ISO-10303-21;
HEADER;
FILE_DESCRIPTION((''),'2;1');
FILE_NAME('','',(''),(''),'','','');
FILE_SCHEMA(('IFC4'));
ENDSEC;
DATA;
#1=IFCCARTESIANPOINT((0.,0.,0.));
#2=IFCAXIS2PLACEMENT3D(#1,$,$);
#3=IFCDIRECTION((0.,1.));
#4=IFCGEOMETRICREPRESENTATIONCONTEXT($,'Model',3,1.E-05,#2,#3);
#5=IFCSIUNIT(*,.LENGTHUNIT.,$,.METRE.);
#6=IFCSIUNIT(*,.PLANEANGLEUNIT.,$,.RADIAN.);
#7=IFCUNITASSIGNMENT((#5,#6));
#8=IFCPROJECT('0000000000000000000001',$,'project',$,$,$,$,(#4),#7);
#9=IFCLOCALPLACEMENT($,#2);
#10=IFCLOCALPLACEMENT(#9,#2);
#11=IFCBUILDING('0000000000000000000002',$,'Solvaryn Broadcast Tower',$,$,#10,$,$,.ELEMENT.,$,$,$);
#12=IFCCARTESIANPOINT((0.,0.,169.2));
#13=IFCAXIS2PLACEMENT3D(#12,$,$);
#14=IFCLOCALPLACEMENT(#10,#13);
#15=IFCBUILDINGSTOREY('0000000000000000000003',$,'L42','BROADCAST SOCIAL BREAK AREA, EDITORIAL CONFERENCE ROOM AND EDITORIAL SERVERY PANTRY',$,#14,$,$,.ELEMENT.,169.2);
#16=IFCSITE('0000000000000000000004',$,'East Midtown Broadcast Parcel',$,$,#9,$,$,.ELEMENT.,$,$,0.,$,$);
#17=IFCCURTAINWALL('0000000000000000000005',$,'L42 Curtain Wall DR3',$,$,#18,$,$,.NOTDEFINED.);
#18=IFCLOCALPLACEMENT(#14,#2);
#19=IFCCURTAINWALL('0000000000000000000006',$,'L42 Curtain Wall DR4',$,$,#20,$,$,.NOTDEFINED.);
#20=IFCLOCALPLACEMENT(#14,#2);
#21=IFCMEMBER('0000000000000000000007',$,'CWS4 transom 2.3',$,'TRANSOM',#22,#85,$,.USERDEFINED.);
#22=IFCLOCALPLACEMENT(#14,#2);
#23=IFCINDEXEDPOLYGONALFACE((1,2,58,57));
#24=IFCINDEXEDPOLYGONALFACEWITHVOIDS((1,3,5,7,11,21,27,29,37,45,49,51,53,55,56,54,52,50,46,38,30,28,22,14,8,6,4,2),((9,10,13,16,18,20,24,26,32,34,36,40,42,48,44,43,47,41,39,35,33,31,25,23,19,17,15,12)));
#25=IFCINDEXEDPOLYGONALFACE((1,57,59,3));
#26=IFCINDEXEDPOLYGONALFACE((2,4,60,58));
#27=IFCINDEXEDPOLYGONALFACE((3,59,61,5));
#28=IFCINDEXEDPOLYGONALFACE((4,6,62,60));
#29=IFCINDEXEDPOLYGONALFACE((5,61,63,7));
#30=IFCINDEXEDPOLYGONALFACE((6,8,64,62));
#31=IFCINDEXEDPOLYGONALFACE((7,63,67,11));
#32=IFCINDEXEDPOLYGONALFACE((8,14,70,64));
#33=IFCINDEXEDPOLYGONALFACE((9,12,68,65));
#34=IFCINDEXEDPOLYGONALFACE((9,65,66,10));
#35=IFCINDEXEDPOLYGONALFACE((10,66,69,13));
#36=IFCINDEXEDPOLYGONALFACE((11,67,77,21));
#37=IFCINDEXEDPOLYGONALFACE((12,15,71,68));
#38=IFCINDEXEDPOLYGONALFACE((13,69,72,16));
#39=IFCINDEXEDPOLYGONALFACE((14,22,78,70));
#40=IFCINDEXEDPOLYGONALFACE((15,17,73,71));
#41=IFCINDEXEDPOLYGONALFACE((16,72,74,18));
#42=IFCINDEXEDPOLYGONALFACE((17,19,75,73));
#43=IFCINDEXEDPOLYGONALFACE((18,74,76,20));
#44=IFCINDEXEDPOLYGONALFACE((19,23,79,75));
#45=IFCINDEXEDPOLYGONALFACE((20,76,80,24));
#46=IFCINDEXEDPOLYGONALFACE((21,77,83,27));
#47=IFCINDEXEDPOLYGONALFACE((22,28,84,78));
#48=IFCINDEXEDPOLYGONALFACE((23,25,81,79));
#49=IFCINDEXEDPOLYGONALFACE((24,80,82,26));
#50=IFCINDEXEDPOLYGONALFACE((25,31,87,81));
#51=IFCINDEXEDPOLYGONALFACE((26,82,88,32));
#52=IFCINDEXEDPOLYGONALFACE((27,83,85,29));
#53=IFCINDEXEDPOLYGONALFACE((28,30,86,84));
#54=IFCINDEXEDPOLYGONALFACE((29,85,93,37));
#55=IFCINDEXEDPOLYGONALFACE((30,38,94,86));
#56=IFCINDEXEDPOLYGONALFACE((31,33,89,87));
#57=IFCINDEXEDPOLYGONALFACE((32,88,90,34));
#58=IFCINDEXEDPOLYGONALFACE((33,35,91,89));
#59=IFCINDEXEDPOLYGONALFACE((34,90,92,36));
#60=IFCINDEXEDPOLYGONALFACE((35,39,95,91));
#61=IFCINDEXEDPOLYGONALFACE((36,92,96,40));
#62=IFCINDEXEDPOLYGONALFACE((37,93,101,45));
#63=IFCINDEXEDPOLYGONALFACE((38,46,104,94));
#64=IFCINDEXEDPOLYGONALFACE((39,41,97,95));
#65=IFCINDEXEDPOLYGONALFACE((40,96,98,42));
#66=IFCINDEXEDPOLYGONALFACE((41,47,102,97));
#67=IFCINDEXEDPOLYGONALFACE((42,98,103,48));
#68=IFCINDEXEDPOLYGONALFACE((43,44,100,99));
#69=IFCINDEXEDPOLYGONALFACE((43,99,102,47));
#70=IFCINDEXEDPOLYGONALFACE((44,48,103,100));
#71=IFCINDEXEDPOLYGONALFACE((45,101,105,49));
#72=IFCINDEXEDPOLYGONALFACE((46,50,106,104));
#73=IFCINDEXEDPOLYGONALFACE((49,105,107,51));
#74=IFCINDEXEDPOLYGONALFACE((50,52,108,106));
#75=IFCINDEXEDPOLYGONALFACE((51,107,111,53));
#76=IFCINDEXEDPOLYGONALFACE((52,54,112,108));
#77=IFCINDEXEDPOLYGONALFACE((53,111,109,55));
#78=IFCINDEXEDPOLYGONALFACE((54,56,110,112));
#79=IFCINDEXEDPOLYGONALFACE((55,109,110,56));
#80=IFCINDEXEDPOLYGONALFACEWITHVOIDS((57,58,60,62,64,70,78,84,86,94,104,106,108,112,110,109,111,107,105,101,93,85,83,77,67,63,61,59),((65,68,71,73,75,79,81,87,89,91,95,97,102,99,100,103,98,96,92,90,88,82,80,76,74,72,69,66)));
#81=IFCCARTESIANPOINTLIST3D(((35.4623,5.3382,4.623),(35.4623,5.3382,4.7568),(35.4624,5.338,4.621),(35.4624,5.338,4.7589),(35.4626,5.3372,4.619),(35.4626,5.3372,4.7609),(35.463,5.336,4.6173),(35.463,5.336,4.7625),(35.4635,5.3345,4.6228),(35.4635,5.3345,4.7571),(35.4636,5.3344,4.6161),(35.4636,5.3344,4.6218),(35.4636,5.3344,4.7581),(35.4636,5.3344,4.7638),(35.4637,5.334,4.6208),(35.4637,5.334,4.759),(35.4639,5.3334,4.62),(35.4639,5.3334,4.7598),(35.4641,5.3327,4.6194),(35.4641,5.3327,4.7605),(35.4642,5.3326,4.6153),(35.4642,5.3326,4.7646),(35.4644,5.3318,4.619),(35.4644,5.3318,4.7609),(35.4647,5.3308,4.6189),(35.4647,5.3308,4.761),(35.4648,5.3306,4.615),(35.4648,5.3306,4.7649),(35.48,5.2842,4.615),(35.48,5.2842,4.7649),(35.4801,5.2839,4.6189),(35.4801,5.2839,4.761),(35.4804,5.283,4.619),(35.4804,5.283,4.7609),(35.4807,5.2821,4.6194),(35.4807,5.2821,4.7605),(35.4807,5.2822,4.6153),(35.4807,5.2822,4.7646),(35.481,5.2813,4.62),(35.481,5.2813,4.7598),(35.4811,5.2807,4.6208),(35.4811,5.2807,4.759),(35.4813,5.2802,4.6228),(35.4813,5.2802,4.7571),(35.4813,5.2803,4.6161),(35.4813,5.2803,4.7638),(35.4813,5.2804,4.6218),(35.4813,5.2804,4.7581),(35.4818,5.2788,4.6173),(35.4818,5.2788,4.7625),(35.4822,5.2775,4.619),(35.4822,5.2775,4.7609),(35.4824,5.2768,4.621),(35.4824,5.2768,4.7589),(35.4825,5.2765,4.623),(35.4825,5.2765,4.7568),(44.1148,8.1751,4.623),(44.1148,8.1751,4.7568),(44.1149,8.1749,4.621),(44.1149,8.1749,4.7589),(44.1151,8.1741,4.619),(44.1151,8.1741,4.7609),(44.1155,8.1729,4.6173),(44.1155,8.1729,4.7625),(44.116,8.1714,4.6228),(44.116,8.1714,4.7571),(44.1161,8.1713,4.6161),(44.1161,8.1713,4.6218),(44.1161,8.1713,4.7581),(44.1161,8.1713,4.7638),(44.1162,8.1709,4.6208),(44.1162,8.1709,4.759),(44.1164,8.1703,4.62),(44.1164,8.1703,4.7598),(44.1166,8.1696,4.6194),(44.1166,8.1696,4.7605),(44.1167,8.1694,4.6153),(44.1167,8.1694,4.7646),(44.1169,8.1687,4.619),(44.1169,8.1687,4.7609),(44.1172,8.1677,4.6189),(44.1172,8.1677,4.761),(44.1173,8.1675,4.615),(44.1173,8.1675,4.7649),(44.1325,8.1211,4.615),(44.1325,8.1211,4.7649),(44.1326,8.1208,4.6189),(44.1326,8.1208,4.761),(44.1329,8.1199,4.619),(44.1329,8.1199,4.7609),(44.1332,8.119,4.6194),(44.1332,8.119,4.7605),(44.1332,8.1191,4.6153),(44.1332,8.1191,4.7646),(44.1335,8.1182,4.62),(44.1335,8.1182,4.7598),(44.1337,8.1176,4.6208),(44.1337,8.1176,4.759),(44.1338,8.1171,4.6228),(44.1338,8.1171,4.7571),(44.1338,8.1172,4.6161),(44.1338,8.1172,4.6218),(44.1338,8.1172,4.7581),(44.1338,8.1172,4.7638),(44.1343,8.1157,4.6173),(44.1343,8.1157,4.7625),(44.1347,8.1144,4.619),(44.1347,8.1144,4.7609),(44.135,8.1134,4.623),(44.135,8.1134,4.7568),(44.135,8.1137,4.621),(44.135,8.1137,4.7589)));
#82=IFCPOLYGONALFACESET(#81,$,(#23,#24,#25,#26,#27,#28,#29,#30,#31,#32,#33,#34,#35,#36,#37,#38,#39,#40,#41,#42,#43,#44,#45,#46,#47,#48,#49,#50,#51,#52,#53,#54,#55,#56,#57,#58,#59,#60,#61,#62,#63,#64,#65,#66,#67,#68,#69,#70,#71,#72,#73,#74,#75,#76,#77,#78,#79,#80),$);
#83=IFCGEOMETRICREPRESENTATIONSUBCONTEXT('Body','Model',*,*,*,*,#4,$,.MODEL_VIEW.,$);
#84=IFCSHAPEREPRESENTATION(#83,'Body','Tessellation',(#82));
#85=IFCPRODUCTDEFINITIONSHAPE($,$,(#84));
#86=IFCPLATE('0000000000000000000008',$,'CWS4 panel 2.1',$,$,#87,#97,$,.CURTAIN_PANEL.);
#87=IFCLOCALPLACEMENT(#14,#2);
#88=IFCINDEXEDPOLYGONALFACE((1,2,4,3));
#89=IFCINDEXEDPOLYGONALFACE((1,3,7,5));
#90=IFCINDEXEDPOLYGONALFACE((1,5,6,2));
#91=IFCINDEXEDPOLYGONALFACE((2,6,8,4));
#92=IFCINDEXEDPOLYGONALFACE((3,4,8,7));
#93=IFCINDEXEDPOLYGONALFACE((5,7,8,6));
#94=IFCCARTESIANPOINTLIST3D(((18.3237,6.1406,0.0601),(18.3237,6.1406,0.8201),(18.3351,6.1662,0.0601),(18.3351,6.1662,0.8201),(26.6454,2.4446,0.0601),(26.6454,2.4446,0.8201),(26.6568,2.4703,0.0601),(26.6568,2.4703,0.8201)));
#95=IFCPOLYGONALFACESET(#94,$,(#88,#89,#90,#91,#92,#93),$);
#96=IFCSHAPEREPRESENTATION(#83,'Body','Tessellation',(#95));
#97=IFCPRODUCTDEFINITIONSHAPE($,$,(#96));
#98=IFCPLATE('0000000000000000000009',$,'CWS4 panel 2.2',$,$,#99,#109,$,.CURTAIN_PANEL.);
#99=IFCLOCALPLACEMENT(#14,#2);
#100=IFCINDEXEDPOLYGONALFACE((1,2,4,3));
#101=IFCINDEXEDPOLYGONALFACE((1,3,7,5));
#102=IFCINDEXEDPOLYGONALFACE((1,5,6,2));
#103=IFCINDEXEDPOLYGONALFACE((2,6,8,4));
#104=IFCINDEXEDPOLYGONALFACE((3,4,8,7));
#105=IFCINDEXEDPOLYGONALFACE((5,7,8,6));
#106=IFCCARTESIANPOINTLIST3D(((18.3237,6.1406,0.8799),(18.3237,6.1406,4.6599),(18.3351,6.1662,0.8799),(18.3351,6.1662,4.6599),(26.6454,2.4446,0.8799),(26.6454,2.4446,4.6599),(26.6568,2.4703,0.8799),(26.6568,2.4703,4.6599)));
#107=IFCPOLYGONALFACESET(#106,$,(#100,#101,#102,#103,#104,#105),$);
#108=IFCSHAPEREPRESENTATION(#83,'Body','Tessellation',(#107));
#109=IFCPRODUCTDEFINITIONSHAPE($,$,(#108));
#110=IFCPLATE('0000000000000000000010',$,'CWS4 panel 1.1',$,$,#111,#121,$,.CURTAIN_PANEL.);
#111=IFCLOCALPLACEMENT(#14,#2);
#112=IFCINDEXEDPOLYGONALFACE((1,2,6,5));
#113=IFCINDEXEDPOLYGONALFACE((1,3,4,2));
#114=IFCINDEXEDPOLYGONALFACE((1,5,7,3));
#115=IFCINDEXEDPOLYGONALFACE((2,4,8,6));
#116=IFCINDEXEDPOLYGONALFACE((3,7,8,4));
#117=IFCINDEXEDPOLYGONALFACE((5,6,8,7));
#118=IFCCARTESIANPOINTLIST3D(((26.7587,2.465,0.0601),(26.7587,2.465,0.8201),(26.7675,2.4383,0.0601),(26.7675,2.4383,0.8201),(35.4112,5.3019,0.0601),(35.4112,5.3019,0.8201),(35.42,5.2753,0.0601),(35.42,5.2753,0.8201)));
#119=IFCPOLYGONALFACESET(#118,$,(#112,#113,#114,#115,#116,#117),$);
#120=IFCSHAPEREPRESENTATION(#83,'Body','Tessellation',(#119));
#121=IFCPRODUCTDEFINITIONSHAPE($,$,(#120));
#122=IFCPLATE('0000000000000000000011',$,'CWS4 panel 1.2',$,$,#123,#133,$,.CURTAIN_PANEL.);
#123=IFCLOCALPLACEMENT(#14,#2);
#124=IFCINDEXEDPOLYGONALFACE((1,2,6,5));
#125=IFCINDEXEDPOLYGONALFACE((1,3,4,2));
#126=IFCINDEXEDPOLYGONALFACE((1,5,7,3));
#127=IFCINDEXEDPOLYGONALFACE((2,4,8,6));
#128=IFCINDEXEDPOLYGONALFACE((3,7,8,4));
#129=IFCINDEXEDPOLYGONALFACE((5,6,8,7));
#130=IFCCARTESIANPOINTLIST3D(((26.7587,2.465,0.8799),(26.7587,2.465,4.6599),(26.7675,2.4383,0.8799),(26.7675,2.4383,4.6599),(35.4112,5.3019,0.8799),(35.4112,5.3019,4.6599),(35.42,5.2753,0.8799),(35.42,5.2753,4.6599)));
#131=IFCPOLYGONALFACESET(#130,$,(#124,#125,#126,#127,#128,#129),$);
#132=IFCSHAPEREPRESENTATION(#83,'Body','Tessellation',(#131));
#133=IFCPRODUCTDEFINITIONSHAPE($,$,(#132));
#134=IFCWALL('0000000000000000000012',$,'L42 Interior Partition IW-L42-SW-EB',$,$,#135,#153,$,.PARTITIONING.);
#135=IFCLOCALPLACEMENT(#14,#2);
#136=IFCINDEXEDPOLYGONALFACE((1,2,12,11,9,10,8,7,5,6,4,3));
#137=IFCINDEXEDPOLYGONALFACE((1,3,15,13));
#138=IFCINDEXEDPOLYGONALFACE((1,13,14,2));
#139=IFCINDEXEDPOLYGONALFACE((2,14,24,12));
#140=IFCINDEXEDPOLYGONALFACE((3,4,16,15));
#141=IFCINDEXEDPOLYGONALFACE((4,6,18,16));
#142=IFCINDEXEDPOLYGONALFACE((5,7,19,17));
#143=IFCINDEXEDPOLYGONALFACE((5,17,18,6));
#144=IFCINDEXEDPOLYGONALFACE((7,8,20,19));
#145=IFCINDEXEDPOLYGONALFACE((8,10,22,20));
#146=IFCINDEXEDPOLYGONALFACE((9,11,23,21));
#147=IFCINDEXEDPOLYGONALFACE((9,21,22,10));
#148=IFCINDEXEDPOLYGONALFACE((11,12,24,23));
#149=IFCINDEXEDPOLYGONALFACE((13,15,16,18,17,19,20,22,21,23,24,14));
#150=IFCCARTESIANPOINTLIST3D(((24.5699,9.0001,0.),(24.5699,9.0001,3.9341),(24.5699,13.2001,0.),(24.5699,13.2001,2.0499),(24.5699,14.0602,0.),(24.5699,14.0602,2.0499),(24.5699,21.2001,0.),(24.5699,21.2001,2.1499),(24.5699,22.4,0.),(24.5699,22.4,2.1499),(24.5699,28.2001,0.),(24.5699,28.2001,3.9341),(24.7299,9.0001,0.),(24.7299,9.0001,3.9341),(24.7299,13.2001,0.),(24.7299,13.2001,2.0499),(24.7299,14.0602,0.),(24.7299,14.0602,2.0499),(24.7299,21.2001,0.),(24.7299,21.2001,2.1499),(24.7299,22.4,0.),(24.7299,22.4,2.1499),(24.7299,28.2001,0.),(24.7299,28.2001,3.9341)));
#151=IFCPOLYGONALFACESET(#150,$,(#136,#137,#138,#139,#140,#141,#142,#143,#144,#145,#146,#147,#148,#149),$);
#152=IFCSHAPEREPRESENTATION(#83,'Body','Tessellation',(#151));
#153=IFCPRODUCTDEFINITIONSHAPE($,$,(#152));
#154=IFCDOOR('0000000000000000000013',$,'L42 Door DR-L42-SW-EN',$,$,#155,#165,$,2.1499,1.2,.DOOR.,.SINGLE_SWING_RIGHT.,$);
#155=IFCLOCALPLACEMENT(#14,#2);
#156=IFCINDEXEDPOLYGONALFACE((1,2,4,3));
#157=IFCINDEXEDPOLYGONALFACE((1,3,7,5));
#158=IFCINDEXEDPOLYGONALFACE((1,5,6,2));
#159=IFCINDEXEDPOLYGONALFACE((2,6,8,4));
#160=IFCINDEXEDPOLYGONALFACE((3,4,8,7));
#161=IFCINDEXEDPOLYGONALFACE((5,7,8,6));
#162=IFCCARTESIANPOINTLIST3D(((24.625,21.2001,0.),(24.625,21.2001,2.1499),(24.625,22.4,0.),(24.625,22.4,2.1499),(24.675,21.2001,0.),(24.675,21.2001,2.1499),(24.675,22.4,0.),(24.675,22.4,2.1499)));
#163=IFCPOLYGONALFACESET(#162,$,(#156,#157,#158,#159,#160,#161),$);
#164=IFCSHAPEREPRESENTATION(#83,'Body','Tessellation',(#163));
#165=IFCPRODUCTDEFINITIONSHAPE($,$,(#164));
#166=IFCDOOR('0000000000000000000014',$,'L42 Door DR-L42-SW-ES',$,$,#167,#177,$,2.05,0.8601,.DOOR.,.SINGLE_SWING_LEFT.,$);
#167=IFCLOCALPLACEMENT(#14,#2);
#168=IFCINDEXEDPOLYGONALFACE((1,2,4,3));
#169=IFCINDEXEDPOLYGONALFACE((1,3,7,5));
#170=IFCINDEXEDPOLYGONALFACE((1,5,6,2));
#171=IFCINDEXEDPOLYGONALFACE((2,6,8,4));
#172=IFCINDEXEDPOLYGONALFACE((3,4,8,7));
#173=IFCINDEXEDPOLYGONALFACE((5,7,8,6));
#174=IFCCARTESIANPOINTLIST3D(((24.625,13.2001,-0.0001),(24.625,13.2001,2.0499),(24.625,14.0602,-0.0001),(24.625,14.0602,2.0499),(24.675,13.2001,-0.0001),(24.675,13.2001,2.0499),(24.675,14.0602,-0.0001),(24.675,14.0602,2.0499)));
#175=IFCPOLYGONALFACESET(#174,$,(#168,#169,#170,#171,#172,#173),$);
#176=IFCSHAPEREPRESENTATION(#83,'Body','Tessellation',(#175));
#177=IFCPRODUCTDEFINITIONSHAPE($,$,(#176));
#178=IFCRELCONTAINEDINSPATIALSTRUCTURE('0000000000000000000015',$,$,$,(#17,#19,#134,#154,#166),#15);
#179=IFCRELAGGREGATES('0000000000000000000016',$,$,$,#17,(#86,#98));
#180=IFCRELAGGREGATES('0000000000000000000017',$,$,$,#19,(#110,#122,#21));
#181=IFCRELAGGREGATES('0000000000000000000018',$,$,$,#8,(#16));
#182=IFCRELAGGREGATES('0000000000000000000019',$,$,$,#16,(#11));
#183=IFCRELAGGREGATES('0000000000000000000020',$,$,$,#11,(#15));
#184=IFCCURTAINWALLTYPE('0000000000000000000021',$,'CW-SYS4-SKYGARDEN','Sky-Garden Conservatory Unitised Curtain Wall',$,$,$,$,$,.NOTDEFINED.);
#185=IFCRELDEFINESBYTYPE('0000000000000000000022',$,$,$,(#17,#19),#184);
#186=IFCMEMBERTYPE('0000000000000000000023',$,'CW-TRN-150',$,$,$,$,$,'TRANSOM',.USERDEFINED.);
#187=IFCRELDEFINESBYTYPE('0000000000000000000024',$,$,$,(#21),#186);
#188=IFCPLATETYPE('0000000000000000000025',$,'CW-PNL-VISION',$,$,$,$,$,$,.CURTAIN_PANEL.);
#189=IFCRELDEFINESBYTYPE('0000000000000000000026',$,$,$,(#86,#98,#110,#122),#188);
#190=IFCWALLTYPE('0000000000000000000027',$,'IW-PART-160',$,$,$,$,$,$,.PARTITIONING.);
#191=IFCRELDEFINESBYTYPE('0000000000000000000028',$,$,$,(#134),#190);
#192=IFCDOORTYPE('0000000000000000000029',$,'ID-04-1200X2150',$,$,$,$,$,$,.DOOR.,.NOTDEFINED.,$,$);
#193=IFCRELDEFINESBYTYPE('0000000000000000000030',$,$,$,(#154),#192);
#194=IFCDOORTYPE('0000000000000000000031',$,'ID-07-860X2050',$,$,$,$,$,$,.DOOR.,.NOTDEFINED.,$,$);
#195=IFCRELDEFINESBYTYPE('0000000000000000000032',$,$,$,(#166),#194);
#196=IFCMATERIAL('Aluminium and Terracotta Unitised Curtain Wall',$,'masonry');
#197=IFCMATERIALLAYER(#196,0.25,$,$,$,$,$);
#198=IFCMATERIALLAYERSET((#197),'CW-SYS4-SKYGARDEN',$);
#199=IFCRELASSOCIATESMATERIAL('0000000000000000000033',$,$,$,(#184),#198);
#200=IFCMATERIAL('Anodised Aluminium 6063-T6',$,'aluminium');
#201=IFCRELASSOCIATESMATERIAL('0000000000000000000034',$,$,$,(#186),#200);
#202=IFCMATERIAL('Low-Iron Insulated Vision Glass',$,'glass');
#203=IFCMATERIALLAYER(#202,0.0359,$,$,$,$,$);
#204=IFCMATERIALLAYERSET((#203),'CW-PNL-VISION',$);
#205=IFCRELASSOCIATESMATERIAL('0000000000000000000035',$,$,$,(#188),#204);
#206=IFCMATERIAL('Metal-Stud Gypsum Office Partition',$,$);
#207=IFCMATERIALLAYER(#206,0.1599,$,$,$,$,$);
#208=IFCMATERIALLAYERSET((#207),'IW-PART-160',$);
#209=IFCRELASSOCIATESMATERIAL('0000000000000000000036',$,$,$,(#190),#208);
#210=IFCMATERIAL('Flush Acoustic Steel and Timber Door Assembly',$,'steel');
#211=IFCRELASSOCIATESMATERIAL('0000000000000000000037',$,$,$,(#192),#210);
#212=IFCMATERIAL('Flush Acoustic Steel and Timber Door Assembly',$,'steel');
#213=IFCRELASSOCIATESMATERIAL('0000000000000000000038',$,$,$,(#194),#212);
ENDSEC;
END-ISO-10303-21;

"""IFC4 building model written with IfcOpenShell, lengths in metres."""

from ifc_helpers import new_model, si_unit, direction, frame, frame_2d, origin, origin_2d, place, context, subcontext, project, spatial, rectangle, hollow_rectangle, extrude, material, layer, layer_set, material_profile, profile_set, type_object, element, fill, aggregate, save


model = new_model("IFC4")

# Units and contexts
model_context = context("Model", 3, precision=1e-05, world=origin(), true_north=direction((0.0, 1.0)))
body_context = subcontext(model_context, "Body", "Model", "MODEL_VIEW")
ifc_project = project(units=[si_unit("LENGTHUNIT", "METRE"), si_unit("PLANEANGLEUNIT", "RADIAN")], contexts=[model_context])

# Site, building, storey
site_placement = place(None, origin())
site = spatial("IfcSite", under=ifc_project, at=site_placement, Name="East Midtown Broadcast Parcel", CompositionType="ELEMENT", RefElevation=0.0)
building_placement = place(site_placement, origin())
building = spatial("IfcBuilding", under=site, at=building_placement, Name="Solvaryn Broadcast Tower", CompositionType="ELEMENT")
storey_placement = place(building_placement, frame((0.0, 0.0, 169.2)))
storey = spatial("IfcBuildingStorey", under=building, at=storey_placement, Name="L42", Description="BROADCAST SOCIAL BREAK AREA, EDITORIAL CONFERENCE ROOM AND EDITORIAL SERVERY PANTRY", CompositionType="ELEMENT", Elevation=169.2)

# Curtain wall
ifc_material_1 = material(Name="Aluminium and Terracotta Unitised Curtain Wall", Category="masonry")
ifc_layer_1 = layer(ifc_material_1, 0.25)
ifc_layer_set_1 = layer_set([ifc_layer_1], Name="CW-SYS4-SKYGARDEN")
curtain_wall_type = type_object("IfcCurtainWallType", Name="CW-SYS4-SKYGARDEN", Description="Sky-Garden Conservatory Unitised Curtain Wall", PredefinedType="NOTDEFINED", material=ifc_layer_set_1)
curtain_wall_1_placement = place(storey_placement, origin())
curtain_wall_1 = element("IfcCurtainWall", 1, at=curtain_wall_1_placement, inside=storey, type_object=curtain_wall_type, Name="L42 Curtain Wall DR3", PredefinedType="NOTDEFINED")

# Curtain wall, member
curtain_wall_2_placement = place(storey_placement, origin())
curtain_wall_2 = element("IfcCurtainWall", 2, at=curtain_wall_2_placement, inside=storey, type_object=curtain_wall_type, Name="L42 Curtain Wall DR4", PredefinedType="NOTDEFINED")
ifc_material_2 = material(Name="Anodised Aluminium 6063-T6", Category="aluminium")
ifc_material_profile_1 = material_profile(ifc_material_2, hollow_rectangle(XDim=0.0649, YDim=0.1499, WallThickness=0.0039, InnerFilletRadius=0.0039, OuterFilletRadius=0.0081, at=origin_2d()))
ifc_profile_set_1 = profile_set([ifc_material_profile_1], Name="Anodised Aluminium 6063-T6")
member_type_1 = type_object("IfcMemberType", Name="CW-TRN-150", ElementType="TRANSOM", PredefinedType="USERDEFINED", material=ifc_profile_set_1)
member_1_placement = place(storey_placement, frame((35.4724, 5.3074, 4.6899), z_axis=(0.95023, 0.311551, 0.0), x_axis=(-0.311551, 0.95023, 0.0)))
member_1 = element("IfcMember", 3, at=member_1_placement, type_object=member_type_1, Name="CWS4 transom 2.3", ObjectType="TRANSOM", PredefinedType="USERDEFINED", context=body_context, shape_type="SweptSolid", body=[
    extrude(hollow_rectangle(XDim=0.0649, YDim=0.1499, WallThickness=0.0039, InnerFilletRadius=0.0039, OuterFilletRadius=0.0081, at=origin_2d()), origin(), (0.0, 0.0, 1.0), 9.1057),
])

# Plates
ifc_material_3 = material(Name="Low-Iron Insulated Vision Glass", Category="glass")
ifc_layer_2 = layer(ifc_material_3, 0.0359)
ifc_layer_set_2 = layer_set([ifc_layer_2], Name="CW-PNL-VISION")
plate_type = type_object("IfcPlateType", Name="CW-PNL-VISION", PredefinedType="CURTAIN_PANEL", material=ifc_layer_set_2)
plate_1_placement = place(storey_placement, frame((22.4902, 4.3054, 0.0601), z_axis=(0.0, 0.0, 1.0), x_axis=(0.913917, -0.405901, 0.0)))
plate_1 = element("IfcPlate", 4, at=plate_1_placement, type_object=plate_type, Name="CWS4 panel 2.1", PredefinedType="CURTAIN_PANEL", context=body_context, shape_type="SweptSolid", body=[
    extrude(rectangle(XDim=9.1055, YDim=0.0281, at=origin_2d()), origin(), (0.0, 0.0, 1.0), 0.76),
])
plate_2_placement = place(storey_placement, frame((22.4902, 4.3054, 0.8799), z_axis=(0.0, 0.0, 1.0), x_axis=(0.913917, -0.405901, 0.0)))
plate_2 = element("IfcPlate", 5, at=plate_2_placement, type_object=plate_type, Name="CWS4 panel 2.2", PredefinedType="CURTAIN_PANEL", context=body_context, shape_type="SweptSolid", body=[
    extrude(rectangle(XDim=9.1055, YDim=0.0281, at=origin_2d()), origin(), (0.0, 0.0, 1.0), 3.78),
])
aggregate(curtain_wall_1, [plate_1, plate_2])
plate_3_placement = place(storey_placement, frame((31.0894, 3.8701, 0.0601), z_axis=(0.0, 0.0, 1.0), x_axis=(0.950227, 0.311559, 0.0)))
plate_3 = element("IfcPlate", 6, at=plate_3_placement, type_object=plate_type, Name="CWS4 panel 1.1", PredefinedType="CURTAIN_PANEL", context=body_context, shape_type="SweptSolid", body=[
    extrude(rectangle(XDim=9.1057, YDim=0.0281, at=origin_2d()), origin(), (0.0, 0.0, 1.0), 0.76),
])
plate_4_placement = place(storey_placement, frame((31.0894, 3.8701, 0.8799), z_axis=(0.0, 0.0, 1.0), x_axis=(0.950227, 0.311559, 0.0)))
plate_4 = element("IfcPlate", 7, at=plate_4_placement, type_object=plate_type, Name="CWS4 panel 1.2", PredefinedType="CURTAIN_PANEL", context=body_context, shape_type="SweptSolid", body=[
    extrude(rectangle(XDim=9.1057, YDim=0.0281, at=origin_2d()), origin(), (0.0, 0.0, 1.0), 3.78),
])
aggregate(curtain_wall_2, [plate_3, plate_4, member_1])

# Wall, openings, doors
ifc_material_4 = material(Name="Metal-Stud Gypsum Office Partition")
ifc_layer_3 = layer(ifc_material_4, 0.1599)
ifc_layer_set_3 = layer_set([ifc_layer_3], Name="IW-PART-160")
wall_type = type_object("IfcWallType", Name="IW-PART-160", PredefinedType="PARTITIONING", material=ifc_layer_set_3)
wall_placement = place(storey_placement, frame((24.6499, 9.0, 0.0), z_axis=(0.0, 0.0, 1.0), x_axis=(0.0, 1.0, 0.0)))
wall = element("IfcWall", 8, at=wall_placement, inside=storey, type_object=wall_type, Name="L42 Interior Partition IW-L42-SW-EB", PredefinedType="PARTITIONING", context=body_context, shape_type="SweptSolid", body=[
    extrude(rectangle(XDim=19.2, YDim=0.1599, at=frame_2d((9.6001, 0.0))), origin(), (0.0, 0.0, 1.0), 3.9341),
])
opening_1_placement = place(wall_placement, frame((12.2, 0.0, 0.0)))
opening_1 = element("IfcOpeningElement", 9, at=opening_1_placement, cuts=wall, PredefinedType="OPENING", context=body_context, shape_type="SweptSolid", body=[
    extrude(rectangle(XDim=1.2, YDim=2.1499, at=frame_2d((0.6001, 1.075))), frame((0.0, 0.0901, 0.0), z_axis=(0.0, -1.0, 0.0), x_axis=(1.0, 0.0, 0.0)), (0.0, 0.0, 1.0), 0.1799),
])
opening_2_placement = place(wall_placement, frame((4.2, 0.0, 0.0)))
opening_2 = element("IfcOpeningElement", 10, at=opening_2_placement, cuts=wall, PredefinedType="OPENING", context=body_context, shape_type="SweptSolid", body=[
    extrude(rectangle(XDim=0.8601, YDim=2.05, at=frame_2d((0.4302, 1.0249))), frame((0.0, 0.0901, 0.0), z_axis=(0.0, -1.0, 0.0), x_axis=(1.0, 0.0, 0.0)), (0.0, 0.0, 1.0), 0.1799),
])
ifc_material_5 = material(Name="Flush Acoustic Steel and Timber Door Assembly", Category="steel")
door_type_1 = type_object("IfcDoorType", Name="ID-04-1200X2150", OperationType="NOTDEFINED", PredefinedType="DOOR", material=ifc_material_5)
door_1_placement = place(opening_1_placement, origin())
door_1 = element("IfcDoor", 11, at=door_1_placement, inside=storey, type_object=door_type_1, Name="L42 Door DR-L42-SW-EN", OperationType="SINGLE_SWING_RIGHT", OverallHeight=2.1499, OverallWidth=1.2, PredefinedType="DOOR", context=body_context, shape_type="SweptSolid", body=[
    extrude(rectangle(XDim=1.2, YDim=2.1499, at=frame_2d((0.6001, 1.075))), frame((0.0, 0.0249, 0.0), z_axis=(0.0, -1.0, 0.0), x_axis=(1.0, 0.0, 0.0)), (0.0, 0.0, 1.0), 0.05),
])
fill(opening_1, door_1)
ifc_material_6 = material(Name="Flush Acoustic Steel and Timber Door Assembly", Category="steel")
door_type_2 = type_object("IfcDoorType", Name="ID-07-860X2050", OperationType="NOTDEFINED", PredefinedType="DOOR", material=ifc_material_6)
door_2_placement = place(opening_2_placement, origin())
door_2 = element("IfcDoor", 12, at=door_2_placement, inside=storey, type_object=door_type_2, Name="L42 Door DR-L42-SW-ES", OperationType="SINGLE_SWING_LEFT", OverallHeight=2.05, OverallWidth=0.8601, PredefinedType="DOOR", context=body_context, shape_type="SweptSolid", body=[
    extrude(rectangle(XDim=0.8601, YDim=2.05, at=frame_2d((0.4302, 1.0249))), frame((0.0, 0.0249, 0.0), z_axis=(0.0, -1.0, 0.0), x_axis=(1.0, 0.0, 0.0)), (0.0, 0.0, 1.0), 0.05),
])
fill(opening_2, door_2)

save(model, "model.ifc")
